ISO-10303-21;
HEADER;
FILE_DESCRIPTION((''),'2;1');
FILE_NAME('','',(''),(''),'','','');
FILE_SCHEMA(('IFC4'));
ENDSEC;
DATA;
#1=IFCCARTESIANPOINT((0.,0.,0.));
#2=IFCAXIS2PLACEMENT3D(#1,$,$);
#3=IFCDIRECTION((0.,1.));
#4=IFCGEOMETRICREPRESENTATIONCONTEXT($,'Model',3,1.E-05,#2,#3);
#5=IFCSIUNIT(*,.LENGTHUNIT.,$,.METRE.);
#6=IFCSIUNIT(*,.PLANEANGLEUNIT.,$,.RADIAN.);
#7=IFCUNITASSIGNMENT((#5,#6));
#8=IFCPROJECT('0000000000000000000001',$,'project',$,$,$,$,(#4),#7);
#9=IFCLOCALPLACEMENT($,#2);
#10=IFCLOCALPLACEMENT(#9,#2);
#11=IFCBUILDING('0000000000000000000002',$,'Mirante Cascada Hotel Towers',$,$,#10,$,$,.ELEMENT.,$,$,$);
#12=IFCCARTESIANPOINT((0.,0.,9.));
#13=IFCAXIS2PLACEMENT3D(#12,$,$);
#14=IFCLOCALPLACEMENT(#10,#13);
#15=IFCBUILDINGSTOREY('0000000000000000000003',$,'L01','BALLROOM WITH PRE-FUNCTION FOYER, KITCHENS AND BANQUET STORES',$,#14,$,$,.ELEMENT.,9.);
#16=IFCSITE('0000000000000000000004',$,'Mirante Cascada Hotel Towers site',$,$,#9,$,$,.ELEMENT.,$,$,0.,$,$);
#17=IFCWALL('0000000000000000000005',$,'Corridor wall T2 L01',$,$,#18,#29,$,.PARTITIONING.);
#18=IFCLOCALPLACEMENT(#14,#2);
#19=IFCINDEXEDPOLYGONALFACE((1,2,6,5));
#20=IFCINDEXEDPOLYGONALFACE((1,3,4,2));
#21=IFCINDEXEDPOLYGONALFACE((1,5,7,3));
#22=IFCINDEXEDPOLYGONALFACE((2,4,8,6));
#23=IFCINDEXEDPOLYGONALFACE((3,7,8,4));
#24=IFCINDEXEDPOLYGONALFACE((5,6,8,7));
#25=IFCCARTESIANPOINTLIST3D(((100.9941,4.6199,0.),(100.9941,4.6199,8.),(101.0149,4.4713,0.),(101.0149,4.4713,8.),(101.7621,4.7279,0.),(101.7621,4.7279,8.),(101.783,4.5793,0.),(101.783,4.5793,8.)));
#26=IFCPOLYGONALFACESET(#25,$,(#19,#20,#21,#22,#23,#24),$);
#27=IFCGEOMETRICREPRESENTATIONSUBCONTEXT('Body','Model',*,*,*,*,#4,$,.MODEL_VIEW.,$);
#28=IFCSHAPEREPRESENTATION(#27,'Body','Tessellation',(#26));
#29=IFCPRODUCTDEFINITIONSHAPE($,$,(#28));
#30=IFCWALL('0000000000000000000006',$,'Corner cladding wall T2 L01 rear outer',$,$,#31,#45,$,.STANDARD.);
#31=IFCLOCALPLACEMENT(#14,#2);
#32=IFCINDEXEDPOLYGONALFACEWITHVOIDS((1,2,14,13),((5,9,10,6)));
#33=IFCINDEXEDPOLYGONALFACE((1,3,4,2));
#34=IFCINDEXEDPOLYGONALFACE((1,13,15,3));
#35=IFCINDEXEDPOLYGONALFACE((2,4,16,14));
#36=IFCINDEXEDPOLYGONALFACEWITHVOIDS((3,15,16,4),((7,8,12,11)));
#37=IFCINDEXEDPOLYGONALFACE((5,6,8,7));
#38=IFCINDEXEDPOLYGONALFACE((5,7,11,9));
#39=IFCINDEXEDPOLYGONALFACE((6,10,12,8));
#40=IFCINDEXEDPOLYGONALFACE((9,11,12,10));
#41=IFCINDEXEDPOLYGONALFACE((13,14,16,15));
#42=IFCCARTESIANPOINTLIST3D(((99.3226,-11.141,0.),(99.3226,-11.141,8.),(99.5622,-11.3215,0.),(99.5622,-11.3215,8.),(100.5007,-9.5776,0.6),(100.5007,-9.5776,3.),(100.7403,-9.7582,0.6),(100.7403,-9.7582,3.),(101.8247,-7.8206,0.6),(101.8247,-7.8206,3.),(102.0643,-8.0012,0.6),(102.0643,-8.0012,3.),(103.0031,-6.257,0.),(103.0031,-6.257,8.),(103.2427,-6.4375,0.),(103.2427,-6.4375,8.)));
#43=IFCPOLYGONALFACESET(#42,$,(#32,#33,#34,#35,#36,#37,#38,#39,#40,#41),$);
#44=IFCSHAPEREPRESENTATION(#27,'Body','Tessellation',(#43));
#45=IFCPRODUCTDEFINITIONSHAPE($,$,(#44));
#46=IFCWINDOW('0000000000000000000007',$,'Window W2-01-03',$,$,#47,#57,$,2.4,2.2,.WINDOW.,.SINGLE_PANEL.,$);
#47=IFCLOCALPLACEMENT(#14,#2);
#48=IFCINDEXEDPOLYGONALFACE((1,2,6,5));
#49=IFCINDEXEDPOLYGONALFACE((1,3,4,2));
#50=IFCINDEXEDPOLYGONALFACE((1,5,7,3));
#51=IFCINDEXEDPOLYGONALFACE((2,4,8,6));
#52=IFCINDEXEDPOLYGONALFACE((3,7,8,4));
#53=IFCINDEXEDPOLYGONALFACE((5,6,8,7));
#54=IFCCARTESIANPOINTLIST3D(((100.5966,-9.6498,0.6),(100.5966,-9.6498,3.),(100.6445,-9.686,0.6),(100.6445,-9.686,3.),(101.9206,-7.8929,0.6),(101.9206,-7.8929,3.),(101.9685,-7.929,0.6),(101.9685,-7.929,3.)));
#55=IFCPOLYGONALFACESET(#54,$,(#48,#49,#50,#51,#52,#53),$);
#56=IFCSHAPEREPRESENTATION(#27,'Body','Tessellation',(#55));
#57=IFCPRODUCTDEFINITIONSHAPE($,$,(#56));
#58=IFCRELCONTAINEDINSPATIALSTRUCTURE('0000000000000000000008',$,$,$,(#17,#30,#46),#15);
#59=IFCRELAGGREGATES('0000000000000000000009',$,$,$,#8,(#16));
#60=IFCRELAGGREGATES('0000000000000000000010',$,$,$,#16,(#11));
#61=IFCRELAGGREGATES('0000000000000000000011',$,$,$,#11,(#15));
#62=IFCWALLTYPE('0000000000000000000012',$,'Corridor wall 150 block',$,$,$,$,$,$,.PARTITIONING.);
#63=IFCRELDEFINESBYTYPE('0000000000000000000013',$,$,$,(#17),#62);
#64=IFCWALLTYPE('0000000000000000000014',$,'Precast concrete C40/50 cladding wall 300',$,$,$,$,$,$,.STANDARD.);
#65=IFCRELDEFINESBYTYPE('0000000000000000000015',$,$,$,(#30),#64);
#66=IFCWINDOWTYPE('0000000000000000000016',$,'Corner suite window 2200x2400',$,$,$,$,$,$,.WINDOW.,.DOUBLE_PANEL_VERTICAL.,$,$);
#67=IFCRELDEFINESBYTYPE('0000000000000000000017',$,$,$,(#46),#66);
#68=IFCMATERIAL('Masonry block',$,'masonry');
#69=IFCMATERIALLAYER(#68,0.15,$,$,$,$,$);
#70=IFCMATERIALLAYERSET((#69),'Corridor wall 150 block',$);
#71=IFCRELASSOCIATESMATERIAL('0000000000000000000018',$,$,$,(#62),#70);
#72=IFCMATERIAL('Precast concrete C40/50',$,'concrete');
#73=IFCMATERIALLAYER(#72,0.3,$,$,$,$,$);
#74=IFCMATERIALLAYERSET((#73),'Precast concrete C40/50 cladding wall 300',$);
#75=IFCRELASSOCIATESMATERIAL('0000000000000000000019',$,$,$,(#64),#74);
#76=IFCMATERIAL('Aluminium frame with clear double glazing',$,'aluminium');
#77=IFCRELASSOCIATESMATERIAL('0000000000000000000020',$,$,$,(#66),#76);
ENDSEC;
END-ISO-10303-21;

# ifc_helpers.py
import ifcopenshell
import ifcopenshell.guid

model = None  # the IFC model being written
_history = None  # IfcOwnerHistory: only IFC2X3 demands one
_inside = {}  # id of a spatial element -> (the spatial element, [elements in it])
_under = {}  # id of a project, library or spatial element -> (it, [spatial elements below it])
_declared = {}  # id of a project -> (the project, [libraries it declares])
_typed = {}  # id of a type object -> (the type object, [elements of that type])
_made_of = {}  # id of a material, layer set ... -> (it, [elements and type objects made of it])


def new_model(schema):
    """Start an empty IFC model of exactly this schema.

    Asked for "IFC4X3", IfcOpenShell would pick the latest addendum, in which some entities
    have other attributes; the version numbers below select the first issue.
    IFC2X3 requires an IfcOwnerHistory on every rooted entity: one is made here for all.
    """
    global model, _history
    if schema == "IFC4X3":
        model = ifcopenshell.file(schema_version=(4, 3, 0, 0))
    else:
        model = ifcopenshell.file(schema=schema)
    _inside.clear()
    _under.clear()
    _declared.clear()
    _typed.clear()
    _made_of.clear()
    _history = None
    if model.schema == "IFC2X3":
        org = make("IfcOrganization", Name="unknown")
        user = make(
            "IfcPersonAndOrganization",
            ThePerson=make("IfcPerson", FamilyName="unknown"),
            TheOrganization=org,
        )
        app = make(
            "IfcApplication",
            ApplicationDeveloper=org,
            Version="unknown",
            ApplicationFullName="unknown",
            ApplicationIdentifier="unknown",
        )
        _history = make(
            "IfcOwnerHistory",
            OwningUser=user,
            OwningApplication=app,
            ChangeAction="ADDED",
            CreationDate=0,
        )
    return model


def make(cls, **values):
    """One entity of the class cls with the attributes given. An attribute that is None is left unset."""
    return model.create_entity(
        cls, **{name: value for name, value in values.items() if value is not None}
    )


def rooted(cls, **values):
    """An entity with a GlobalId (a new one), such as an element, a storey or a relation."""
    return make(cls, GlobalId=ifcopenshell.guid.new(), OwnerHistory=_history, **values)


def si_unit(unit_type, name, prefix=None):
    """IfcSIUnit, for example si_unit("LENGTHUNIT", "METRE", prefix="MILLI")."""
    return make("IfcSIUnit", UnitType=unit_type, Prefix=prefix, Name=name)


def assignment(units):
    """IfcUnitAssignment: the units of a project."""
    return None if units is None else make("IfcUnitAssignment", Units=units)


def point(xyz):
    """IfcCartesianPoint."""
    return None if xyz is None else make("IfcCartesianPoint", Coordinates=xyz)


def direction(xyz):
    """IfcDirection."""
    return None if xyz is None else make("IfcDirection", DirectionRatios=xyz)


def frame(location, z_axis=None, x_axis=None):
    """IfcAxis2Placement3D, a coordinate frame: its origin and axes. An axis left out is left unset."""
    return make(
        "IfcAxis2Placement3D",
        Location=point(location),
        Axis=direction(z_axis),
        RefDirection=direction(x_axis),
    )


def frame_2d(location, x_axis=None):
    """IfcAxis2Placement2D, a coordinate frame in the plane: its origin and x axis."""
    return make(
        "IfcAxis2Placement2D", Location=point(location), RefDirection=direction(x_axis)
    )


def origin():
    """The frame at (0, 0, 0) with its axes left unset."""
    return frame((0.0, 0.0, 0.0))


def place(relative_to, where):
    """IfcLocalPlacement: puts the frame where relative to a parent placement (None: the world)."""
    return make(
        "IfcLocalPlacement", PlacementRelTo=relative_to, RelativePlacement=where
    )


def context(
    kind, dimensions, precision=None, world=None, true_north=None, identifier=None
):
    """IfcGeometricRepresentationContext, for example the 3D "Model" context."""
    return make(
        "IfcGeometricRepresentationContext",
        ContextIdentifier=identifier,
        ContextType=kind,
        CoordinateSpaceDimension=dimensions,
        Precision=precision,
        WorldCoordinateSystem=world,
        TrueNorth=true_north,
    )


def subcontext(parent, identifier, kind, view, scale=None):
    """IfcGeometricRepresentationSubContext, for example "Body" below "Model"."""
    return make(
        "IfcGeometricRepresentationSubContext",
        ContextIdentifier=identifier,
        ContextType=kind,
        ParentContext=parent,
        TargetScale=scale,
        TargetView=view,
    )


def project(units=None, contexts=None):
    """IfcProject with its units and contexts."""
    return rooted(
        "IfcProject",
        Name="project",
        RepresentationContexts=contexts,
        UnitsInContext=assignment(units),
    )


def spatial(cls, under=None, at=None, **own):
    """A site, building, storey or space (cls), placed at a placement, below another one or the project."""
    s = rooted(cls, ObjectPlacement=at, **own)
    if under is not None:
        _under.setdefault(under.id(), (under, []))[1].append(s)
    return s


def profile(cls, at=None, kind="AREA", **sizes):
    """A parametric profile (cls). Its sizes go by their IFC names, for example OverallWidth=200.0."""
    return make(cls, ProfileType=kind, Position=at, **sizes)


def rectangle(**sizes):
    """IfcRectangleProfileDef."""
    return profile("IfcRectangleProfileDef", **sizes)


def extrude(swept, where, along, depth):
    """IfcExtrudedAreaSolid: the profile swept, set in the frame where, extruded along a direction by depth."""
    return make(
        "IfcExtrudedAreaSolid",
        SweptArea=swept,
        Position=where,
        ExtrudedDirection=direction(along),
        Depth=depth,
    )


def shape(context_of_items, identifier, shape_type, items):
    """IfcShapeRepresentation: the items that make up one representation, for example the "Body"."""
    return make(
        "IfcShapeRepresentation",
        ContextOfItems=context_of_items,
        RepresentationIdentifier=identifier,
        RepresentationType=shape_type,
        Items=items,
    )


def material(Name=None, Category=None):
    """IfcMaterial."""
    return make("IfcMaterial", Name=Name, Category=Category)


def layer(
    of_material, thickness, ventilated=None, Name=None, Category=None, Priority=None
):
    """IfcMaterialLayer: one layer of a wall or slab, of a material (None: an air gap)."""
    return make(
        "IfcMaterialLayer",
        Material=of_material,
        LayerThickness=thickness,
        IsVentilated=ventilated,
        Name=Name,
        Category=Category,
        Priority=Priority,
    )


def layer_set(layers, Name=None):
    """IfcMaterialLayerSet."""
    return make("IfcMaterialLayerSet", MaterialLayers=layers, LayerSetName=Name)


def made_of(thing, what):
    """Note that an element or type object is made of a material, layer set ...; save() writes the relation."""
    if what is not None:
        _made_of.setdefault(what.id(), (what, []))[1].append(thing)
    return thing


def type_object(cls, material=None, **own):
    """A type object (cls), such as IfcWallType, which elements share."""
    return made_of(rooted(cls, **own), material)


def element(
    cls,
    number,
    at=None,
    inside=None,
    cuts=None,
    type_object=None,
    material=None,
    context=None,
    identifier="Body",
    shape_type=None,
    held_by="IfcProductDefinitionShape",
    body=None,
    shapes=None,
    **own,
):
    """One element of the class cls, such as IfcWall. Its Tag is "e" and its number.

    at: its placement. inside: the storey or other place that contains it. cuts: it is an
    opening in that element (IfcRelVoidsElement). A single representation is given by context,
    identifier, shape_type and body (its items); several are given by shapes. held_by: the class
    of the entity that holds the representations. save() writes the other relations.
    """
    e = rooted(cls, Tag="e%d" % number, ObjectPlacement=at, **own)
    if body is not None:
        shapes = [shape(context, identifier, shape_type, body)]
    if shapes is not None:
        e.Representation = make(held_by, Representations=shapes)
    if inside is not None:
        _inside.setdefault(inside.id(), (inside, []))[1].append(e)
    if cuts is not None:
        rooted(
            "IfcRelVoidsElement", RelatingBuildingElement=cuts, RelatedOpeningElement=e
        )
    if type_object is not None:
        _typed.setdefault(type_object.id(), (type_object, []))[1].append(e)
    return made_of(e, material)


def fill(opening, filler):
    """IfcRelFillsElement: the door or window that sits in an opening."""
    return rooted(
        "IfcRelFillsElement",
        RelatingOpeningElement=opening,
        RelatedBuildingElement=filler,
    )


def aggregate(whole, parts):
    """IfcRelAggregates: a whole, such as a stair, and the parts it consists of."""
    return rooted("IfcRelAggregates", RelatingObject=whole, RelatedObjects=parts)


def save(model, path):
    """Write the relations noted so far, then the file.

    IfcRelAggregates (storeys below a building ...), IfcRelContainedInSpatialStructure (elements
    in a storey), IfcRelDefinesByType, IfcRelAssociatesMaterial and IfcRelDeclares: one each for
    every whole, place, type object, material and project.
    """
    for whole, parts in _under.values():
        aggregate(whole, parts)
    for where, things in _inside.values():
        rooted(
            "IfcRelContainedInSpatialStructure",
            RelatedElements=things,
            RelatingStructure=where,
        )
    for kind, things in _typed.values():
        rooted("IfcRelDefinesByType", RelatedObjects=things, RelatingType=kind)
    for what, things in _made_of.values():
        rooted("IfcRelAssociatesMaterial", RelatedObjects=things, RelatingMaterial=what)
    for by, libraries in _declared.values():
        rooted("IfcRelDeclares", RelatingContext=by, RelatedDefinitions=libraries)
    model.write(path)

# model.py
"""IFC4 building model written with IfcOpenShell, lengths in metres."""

from ifc_helpers import new_model, si_unit, direction, frame, frame_2d, origin, place, context, subcontext, project, spatial, rectangle, extrude, material, layer, layer_set, type_object, element, fill, save


model = new_model("IFC4")

# Units and contexts
model_context = context("Model", 3, precision=1e-05, world=origin(), true_north=direction((0.0, 1.0)))
body_context = subcontext(model_context, "Body", "Model", "MODEL_VIEW")
ifc_project = project(units=[si_unit("LENGTHUNIT", "METRE"), si_unit("PLANEANGLEUNIT", "RADIAN")], contexts=[model_context])

# Site, building, storey
site_placement = place(None, origin())
site = spatial("IfcSite", under=ifc_project, at=site_placement, Name="Mirante Cascada Hotel Towers site", CompositionType="ELEMENT", RefElevation=0.0)
building_placement = place(site_placement, origin())
building = spatial("IfcBuilding", under=site, at=building_placement, Name="Mirante Cascada Hotel Towers", CompositionType="ELEMENT")
storey_placement = place(building_placement, frame((0.0, 0.0, 9.0)))
storey = spatial("IfcBuildingStorey", under=building, at=storey_placement, Name="L01", Description="BALLROOM WITH PRE-FUNCTION FOYER, KITCHENS AND BANQUET STORES", CompositionType="ELEMENT", Elevation=9.0)

# Shared definitions
ifc_material_1 = material(Name="Masonry block", Category="masonry")
ifc_layer_1 = layer(ifc_material_1, 0.15)
ifc_layer_set_1 = layer_set([ifc_layer_1], Name="Corridor wall 150 block")
wall_type_1 = type_object("IfcWallType", Name="Corridor wall 150 block", PredefinedType="PARTITIONING", material=ifc_layer_set_1)

# Wall
wall_1_placement = place(storey_placement, frame((101.0045, 4.5456, 0.0), z_axis=(0.0, 0.0, 1.0), x_axis=(0.990257, 0.139255, 0.0)))
element("IfcWall", 1, at=wall_1_placement, inside=storey, type_object=wall_type_1, Name="Corridor wall T2 L01", PredefinedType="PARTITIONING", context=body_context, shape_type="SweptSolid", body=[
    extrude(rectangle(XDim=0.7756, YDim=0.15, at=frame_2d((0.3878, 0.0))), origin(), (0.0, 0.0, 1.0), 8.0),
])

# Wall, opening, window
ifc_material_2 = material(Name="Precast concrete C40/50", Category="concrete")
ifc_layer_2 = layer(ifc_material_2, 0.3)
ifc_layer_set_2 = layer_set([ifc_layer_2], Name="Precast concrete C40/50 cladding wall 300")
wall_type_2 = type_object("IfcWallType", Name="Precast concrete C40/50 cladding wall 300", PredefinedType="STANDARD", material=ifc_layer_set_2)
wall_2_placement = place(storey_placement, frame((99.4424, -11.2313, 0.0), z_axis=(0.0, 0.0, 1.0), x_axis=(0.601819, 0.798632, 0.0)))
wall_2 = element("IfcWall", 2, at=wall_2_placement, inside=storey, type_object=wall_type_2, Name="Corner cladding wall T2 L01 rear outer", PredefinedType="STANDARD", context=body_context, shape_type="SweptSolid", body=[
    extrude(rectangle(XDim=6.1155, YDim=0.3, at=frame_2d((3.0578, 0.0))), origin(), (0.0, 0.0, 1.0), 8.0),
])
opening_1_placement = place(wall_2_placement, frame((1.9576, 0.0, 0.6)))
opening_1 = element("IfcOpeningElement", 3, at=opening_1_placement, cuts=wall_2, PredefinedType="OPENING", context=body_context, shape_type="SweptSolid", body=[
    extrude(rectangle(XDim=2.2, YDim=2.4, at=frame_2d((1.1, 1.2))), frame((0.0, 0.15, 0.0), z_axis=(0.0, -1.0, 0.0), x_axis=(1.0, 0.0, 0.0)), (0.0, 0.0, 1.0), 0.3),
])
ifc_material_3 = material(Name="Aluminium frame with clear double glazing", Category="aluminium")
window_type = type_object("IfcWindowType", Name="Corner suite window 2200x2400", PartitioningType="DOUBLE_PANEL_VERTICAL", PredefinedType="WINDOW", material=ifc_material_3)
window_placement = place(opening_1_placement, origin())
window = element("IfcWindow", 4, at=window_placement, inside=storey, type_object=window_type, Name="Window W2-01-03", OverallHeight=2.4, OverallWidth=2.2, PartitioningType="SINGLE_PANEL", PredefinedType="WINDOW", context=body_context, shape_type="SweptSolid", body=[
    extrude(rectangle(XDim=2.2, YDim=2.4, at=frame_2d((1.1, 1.2))), frame((0.0, 0.03, 0.0), z_axis=(0.0, -1.0, 0.0), x_axis=(1.0, 0.0, 0.0)), (0.0, 0.0, 1.0), 0.06),
])
fill(opening_1, window)

save(model, "model.ifc")
